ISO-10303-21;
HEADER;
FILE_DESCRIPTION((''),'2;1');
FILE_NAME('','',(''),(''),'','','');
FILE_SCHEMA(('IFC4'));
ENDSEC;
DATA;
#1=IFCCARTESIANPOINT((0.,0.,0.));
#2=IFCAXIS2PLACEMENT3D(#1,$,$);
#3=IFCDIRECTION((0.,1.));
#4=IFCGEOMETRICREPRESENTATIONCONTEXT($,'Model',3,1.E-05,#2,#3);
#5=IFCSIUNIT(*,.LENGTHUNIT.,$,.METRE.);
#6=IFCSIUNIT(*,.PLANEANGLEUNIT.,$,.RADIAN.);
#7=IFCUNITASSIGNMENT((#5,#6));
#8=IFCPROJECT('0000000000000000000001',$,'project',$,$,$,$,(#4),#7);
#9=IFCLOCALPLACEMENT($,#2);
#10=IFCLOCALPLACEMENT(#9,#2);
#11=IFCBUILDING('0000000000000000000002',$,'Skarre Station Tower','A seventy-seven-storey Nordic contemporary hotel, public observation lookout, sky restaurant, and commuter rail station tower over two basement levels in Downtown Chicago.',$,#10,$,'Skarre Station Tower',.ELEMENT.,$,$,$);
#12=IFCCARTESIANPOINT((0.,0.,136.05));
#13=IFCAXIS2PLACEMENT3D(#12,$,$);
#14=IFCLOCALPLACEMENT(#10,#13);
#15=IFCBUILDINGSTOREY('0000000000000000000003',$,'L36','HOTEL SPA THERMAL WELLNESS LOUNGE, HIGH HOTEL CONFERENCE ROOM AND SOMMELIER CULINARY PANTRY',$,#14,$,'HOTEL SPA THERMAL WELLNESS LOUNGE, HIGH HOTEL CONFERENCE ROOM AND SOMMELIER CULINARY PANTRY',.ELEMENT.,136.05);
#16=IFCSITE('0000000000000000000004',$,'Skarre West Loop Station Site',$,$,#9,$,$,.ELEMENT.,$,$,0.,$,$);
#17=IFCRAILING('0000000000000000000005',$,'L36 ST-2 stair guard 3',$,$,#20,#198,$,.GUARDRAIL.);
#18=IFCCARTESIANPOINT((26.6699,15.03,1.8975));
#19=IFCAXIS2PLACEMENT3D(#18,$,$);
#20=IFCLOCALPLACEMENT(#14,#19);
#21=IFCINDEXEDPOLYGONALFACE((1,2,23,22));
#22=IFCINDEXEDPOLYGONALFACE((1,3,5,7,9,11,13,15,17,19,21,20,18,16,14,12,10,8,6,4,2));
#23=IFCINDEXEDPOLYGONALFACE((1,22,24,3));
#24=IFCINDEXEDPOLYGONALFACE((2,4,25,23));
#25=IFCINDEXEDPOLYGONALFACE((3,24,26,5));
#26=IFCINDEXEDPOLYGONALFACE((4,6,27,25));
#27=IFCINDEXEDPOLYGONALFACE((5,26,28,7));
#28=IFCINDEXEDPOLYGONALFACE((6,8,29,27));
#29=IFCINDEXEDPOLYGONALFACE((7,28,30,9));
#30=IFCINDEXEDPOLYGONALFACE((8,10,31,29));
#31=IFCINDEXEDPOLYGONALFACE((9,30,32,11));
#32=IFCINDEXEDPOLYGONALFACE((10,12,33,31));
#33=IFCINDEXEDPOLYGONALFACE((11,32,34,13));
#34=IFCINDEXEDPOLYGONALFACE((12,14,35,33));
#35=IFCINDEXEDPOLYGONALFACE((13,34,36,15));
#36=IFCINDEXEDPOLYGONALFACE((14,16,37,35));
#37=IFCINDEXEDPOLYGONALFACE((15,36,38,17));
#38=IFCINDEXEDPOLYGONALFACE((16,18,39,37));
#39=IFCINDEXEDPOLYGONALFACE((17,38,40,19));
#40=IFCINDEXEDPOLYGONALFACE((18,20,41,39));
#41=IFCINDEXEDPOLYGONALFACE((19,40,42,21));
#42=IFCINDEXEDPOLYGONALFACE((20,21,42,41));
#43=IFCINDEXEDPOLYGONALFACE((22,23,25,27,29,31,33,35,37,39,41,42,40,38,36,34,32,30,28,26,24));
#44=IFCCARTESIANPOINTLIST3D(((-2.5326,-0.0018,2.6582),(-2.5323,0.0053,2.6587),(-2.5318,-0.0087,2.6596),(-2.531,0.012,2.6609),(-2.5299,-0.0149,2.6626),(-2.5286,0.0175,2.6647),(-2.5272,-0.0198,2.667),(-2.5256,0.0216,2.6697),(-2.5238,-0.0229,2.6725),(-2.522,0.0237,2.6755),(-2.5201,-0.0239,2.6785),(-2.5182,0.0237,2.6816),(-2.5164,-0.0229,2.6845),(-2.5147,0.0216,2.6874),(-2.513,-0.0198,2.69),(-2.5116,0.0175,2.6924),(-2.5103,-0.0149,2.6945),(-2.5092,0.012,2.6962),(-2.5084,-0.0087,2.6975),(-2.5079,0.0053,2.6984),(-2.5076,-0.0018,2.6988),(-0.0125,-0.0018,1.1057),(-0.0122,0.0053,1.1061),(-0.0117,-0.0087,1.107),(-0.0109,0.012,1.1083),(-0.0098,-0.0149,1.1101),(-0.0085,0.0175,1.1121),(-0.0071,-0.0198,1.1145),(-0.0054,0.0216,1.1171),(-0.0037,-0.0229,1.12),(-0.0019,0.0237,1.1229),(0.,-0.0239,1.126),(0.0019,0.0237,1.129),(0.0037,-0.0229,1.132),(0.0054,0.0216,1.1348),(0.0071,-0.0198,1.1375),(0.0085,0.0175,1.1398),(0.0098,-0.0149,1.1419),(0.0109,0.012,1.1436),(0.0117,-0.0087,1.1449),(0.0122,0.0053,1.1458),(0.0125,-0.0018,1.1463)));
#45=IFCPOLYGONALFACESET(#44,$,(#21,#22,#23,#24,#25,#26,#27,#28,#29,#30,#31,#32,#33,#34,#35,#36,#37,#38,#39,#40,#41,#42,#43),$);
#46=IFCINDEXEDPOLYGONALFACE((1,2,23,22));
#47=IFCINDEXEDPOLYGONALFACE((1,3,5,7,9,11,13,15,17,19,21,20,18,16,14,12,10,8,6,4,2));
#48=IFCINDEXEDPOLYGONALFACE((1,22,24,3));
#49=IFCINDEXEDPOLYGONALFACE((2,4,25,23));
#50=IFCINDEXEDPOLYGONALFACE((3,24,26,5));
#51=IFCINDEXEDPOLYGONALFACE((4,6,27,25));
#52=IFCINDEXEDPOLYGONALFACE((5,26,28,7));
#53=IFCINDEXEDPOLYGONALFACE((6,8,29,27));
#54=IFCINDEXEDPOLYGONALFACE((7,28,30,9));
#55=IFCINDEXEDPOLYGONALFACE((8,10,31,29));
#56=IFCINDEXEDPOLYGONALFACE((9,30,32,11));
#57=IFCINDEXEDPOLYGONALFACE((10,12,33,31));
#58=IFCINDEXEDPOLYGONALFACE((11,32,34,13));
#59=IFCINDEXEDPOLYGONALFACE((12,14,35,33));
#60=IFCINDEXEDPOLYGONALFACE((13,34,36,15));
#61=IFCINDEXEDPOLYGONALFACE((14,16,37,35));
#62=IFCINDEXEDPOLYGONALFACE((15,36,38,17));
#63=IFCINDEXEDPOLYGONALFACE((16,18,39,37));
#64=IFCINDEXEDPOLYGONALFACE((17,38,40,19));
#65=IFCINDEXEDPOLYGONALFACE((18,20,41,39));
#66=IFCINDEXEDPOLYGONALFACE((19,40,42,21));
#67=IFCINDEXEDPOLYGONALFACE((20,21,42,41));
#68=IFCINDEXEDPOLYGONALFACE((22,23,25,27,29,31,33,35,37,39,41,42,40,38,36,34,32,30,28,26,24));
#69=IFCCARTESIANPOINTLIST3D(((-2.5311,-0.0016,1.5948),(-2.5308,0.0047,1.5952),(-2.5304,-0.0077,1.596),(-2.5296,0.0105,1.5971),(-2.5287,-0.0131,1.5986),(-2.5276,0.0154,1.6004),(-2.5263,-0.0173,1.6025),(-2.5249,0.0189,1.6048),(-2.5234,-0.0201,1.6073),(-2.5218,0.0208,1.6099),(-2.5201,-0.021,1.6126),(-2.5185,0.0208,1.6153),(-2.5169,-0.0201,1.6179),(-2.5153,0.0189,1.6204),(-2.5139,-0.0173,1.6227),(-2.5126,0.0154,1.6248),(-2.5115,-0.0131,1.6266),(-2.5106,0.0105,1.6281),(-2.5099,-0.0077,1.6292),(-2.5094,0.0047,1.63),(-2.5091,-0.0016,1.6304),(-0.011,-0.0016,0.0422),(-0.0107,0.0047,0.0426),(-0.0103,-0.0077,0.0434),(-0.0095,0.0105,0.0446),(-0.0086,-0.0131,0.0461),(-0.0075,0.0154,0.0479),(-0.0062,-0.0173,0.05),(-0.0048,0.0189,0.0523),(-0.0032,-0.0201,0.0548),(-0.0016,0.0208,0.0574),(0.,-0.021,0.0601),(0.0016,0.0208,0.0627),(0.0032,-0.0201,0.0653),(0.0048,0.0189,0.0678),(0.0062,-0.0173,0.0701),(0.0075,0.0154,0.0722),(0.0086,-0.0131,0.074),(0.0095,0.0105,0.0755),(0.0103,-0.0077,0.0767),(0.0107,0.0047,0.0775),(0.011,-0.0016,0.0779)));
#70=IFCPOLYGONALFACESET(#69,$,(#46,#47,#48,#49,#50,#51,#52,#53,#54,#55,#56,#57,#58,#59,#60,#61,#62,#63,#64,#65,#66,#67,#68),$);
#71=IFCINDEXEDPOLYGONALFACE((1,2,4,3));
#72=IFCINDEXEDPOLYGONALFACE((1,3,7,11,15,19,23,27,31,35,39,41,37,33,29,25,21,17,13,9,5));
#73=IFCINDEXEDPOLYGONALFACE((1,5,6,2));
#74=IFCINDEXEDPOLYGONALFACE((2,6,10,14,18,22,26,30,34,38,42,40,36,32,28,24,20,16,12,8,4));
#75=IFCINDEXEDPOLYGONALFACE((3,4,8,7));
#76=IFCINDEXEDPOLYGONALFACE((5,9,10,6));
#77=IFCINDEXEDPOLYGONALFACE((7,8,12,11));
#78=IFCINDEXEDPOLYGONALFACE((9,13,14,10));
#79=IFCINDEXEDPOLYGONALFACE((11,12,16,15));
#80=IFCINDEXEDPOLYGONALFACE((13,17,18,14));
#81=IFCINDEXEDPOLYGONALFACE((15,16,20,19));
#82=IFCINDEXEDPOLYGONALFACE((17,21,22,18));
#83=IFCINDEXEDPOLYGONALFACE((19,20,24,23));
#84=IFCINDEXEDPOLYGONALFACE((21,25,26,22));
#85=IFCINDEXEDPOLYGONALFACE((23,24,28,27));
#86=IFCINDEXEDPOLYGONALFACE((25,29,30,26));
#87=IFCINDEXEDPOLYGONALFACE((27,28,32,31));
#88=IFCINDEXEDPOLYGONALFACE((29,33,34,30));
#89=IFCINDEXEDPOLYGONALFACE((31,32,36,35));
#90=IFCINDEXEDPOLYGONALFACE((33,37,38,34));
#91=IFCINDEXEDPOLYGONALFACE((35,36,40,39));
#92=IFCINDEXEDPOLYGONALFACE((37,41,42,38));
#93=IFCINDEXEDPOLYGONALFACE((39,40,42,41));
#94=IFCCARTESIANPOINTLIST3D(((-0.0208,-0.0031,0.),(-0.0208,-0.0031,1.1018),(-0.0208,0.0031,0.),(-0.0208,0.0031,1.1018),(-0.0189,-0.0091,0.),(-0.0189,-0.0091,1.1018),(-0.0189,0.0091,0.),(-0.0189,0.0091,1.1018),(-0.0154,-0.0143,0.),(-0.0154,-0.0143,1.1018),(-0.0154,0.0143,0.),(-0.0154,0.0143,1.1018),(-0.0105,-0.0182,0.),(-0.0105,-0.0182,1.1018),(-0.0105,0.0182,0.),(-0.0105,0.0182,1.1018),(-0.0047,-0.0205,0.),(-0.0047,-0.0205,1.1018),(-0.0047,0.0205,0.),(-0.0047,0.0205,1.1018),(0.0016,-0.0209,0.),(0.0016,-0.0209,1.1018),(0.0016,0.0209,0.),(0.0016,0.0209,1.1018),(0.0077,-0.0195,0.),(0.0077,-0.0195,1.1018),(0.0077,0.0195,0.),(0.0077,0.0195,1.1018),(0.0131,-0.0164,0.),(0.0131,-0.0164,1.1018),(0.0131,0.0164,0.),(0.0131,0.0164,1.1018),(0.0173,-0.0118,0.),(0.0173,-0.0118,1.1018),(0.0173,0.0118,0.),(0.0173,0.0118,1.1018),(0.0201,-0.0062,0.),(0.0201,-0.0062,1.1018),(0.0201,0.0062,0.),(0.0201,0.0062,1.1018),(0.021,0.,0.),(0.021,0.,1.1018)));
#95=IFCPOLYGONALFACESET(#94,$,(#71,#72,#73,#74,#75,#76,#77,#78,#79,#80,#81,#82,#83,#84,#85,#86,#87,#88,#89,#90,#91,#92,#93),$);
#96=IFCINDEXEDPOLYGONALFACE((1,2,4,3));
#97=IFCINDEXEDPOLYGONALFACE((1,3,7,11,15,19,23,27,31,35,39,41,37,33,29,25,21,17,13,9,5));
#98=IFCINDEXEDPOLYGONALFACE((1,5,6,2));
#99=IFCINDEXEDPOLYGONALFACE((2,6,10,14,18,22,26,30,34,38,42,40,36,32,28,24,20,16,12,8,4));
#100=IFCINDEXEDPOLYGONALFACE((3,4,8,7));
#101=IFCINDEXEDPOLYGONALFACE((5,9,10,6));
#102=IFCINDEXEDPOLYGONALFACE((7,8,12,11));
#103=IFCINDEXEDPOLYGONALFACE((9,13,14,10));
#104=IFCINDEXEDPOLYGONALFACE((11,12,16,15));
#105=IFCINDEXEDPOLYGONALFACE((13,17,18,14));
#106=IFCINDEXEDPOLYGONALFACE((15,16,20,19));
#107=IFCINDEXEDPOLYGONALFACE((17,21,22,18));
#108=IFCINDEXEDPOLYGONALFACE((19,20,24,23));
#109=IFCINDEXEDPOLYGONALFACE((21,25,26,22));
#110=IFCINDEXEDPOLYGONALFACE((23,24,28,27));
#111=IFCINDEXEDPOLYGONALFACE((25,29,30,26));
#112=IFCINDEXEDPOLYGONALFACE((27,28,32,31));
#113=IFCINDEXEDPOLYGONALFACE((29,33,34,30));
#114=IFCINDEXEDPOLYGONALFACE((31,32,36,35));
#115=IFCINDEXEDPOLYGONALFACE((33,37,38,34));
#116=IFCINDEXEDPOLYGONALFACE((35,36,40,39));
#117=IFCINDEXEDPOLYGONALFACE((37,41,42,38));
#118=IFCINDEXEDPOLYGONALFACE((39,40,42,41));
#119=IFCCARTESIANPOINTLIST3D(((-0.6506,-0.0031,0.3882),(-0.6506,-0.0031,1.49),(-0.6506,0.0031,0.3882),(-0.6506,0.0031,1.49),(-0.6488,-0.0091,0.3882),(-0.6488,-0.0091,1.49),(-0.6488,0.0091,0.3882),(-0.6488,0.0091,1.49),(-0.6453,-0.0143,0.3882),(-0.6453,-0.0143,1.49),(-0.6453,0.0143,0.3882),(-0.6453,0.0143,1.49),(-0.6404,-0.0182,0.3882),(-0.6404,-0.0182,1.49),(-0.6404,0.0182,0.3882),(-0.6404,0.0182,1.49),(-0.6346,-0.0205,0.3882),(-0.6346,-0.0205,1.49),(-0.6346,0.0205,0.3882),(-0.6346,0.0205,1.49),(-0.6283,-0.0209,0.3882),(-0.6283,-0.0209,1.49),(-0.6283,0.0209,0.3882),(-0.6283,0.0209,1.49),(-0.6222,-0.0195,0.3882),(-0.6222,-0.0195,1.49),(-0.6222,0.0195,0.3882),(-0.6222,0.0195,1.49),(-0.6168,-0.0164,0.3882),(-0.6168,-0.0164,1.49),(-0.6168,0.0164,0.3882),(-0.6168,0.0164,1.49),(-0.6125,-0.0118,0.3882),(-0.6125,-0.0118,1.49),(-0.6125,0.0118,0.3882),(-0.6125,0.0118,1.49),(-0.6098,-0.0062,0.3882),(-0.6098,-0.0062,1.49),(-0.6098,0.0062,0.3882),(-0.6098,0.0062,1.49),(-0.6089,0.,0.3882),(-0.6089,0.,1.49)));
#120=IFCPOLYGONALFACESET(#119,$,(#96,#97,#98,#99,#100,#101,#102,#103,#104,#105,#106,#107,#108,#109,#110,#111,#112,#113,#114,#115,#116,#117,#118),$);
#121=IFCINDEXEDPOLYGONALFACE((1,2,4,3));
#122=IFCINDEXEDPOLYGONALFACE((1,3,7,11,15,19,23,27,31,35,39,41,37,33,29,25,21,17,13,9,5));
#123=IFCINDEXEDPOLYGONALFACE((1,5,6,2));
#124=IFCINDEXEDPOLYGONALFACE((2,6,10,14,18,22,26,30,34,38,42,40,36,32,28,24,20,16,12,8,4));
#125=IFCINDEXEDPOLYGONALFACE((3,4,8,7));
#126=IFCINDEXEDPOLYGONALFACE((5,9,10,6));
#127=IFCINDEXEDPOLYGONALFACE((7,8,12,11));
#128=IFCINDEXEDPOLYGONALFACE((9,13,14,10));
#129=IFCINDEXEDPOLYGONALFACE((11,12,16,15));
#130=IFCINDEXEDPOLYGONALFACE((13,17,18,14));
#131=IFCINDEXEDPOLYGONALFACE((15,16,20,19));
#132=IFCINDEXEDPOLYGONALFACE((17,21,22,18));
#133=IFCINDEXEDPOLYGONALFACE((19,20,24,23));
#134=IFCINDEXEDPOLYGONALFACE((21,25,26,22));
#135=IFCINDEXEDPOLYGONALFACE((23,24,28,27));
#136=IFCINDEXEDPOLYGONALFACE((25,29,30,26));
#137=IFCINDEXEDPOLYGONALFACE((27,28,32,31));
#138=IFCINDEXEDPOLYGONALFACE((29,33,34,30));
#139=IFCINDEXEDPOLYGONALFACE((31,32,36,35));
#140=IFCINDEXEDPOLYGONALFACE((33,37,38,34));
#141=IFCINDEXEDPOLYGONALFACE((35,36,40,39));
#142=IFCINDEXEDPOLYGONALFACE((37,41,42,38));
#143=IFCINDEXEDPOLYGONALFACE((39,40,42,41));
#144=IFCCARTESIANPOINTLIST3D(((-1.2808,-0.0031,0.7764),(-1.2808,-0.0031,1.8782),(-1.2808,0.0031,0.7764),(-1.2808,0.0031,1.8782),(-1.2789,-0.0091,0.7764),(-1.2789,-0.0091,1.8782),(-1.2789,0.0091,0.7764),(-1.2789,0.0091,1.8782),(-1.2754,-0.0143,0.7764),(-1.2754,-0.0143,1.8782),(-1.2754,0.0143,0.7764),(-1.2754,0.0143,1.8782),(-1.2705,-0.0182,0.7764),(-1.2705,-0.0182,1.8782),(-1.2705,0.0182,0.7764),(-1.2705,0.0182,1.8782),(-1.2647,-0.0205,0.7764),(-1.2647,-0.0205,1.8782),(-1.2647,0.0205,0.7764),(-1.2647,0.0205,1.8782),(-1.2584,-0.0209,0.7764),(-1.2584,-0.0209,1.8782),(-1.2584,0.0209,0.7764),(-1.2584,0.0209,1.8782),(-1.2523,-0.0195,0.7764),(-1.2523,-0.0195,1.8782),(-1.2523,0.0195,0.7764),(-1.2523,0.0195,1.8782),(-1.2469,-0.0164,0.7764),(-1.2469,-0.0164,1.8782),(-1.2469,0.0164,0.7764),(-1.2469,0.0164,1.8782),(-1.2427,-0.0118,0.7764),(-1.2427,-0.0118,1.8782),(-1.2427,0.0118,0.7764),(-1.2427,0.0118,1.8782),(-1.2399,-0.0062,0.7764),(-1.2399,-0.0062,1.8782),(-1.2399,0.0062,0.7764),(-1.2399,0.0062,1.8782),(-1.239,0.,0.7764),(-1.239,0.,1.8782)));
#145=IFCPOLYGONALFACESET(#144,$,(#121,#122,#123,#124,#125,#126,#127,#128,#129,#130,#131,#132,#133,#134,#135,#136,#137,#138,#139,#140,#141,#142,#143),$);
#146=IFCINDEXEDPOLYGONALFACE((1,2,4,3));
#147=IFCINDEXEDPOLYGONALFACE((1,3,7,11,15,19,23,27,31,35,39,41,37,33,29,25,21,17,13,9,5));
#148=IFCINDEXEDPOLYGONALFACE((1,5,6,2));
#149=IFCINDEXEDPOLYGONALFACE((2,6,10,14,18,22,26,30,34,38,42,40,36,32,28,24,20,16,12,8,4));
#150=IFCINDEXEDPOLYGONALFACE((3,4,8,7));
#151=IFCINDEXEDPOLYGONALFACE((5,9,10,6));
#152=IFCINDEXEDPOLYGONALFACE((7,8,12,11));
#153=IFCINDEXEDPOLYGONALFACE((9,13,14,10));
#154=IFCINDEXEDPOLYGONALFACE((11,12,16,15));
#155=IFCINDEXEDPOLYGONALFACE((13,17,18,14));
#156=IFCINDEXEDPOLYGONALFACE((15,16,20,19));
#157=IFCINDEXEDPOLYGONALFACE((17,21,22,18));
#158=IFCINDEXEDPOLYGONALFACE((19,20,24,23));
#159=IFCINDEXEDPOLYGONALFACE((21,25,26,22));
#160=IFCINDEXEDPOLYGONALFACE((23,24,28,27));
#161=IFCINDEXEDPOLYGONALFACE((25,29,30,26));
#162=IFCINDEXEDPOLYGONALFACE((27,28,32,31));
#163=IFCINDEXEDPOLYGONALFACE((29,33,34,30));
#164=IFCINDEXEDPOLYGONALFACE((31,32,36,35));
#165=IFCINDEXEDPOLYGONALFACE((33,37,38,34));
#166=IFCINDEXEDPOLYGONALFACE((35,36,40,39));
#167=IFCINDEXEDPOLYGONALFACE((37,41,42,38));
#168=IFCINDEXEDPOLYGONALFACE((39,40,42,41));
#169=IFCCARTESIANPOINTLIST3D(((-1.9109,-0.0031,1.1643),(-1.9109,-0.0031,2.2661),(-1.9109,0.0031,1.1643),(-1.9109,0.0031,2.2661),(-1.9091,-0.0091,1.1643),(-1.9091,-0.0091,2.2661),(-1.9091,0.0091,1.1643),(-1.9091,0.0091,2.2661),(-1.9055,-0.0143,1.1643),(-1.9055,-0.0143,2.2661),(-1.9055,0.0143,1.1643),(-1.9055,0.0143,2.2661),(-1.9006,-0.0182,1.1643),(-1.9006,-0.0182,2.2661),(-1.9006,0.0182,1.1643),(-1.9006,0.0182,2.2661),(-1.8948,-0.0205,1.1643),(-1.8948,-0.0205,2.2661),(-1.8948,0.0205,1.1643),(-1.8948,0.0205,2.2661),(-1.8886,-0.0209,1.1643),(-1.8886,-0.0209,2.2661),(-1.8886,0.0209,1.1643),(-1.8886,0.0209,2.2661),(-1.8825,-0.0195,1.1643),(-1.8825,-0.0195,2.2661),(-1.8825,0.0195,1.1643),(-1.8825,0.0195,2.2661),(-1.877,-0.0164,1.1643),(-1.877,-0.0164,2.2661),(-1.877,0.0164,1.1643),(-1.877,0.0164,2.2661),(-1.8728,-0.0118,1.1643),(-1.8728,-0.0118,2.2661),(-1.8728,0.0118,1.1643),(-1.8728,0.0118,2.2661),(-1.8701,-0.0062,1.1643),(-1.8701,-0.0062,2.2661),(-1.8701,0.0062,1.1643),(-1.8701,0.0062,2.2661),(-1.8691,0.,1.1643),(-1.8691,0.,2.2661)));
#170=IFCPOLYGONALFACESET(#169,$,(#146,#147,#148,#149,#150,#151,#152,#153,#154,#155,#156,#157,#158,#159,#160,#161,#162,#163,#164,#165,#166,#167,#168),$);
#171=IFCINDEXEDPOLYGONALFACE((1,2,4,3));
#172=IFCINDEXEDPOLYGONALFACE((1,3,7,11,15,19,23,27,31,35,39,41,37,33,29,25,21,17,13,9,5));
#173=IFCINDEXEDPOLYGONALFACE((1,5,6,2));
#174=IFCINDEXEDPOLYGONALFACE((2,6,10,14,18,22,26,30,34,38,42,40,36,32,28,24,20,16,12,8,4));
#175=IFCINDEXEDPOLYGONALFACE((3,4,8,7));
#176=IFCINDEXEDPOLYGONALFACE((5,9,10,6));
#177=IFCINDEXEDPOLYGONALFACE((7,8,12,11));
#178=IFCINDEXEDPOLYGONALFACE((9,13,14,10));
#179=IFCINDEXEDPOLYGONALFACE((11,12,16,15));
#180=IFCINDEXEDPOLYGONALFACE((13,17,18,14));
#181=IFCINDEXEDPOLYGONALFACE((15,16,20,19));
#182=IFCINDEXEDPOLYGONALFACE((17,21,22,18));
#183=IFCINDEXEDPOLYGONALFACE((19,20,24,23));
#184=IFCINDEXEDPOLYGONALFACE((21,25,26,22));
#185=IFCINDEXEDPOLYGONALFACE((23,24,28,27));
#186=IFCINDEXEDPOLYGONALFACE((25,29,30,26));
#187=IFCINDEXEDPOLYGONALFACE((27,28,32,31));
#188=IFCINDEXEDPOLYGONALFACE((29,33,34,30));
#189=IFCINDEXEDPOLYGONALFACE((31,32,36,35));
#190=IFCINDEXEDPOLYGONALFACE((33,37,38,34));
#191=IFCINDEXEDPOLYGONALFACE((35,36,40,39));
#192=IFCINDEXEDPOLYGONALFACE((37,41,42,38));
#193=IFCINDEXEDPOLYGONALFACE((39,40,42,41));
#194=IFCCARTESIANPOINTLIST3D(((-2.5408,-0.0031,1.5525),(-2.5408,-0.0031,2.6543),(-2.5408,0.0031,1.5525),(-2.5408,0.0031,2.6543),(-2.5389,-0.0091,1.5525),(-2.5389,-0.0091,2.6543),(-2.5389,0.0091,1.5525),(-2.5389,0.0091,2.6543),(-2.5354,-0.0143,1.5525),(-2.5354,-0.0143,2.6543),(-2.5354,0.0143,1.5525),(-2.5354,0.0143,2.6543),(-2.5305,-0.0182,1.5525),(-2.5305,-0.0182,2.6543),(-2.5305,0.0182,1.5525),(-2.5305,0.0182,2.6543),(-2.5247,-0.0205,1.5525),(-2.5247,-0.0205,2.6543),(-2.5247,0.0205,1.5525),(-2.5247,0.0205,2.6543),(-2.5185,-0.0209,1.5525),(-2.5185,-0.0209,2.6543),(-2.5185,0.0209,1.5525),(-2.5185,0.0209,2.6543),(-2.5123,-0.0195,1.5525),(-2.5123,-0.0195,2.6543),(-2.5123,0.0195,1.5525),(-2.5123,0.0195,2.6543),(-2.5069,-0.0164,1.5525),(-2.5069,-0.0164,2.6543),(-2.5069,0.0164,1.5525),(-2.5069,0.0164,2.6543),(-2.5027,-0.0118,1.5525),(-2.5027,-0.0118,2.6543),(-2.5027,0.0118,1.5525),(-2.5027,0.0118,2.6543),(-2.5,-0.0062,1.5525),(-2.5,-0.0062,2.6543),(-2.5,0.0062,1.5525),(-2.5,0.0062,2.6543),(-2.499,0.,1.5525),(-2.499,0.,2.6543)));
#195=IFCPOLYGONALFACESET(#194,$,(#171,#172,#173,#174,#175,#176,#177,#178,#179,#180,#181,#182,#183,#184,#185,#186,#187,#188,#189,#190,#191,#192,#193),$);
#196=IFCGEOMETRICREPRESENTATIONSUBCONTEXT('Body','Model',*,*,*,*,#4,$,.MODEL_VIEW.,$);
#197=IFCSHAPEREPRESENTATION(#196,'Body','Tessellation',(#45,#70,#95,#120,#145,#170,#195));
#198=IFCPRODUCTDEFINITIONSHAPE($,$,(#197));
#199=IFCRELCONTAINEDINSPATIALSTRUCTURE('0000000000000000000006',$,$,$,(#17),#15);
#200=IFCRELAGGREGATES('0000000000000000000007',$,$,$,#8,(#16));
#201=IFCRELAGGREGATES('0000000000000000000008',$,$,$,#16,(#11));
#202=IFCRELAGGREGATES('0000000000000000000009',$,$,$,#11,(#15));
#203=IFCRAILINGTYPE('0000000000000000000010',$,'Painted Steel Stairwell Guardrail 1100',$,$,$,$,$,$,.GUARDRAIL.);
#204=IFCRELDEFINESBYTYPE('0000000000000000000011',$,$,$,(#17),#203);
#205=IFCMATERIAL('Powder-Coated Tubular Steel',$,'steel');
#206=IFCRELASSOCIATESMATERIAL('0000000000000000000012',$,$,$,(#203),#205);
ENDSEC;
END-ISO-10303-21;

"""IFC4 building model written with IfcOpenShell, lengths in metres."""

from ifc_helpers import new_model, si_unit, direction, frame, origin, origin_2d, place, context, subcontext, project, spatial, circle, extrude, material, type_object, element, save


model = new_model("IFC4")

# Units and contexts
model_context = context("Model", 3, precision=1e-05, world=origin(), true_north=direction((0.0, 1.0)))
body_context = subcontext(model_context, "Body", "Model", "MODEL_VIEW")
ifc_project = project(units=[si_unit("LENGTHUNIT", "METRE"), si_unit("PLANEANGLEUNIT", "RADIAN")], contexts=[model_context])

# Site, building, storey
site_placement = place(None, origin())
site = spatial("IfcSite", under=ifc_project, at=site_placement, Name="Skarre West Loop Station Site", CompositionType="ELEMENT", RefElevation=0.0)
building_placement = place(site_placement, origin())
building = spatial("IfcBuilding", under=site, at=building_placement, Name="Skarre Station Tower", Description="A seventy-seven-storey Nordic contemporary hotel, public observation lookout, sky restaurant, and commuter rail station tower over two basement levels in Downtown Chicago.", LongName="Skarre Station Tower", CompositionType="ELEMENT")
storey_placement = place(building_placement, frame((0.0, 0.0, 136.05)))
storey = spatial("IfcBuildingStorey", under=building, at=storey_placement, Name="L36", Description="HOTEL SPA THERMAL WELLNESS LOUNGE, HIGH HOTEL CONFERENCE ROOM AND SOMMELIER CULINARY PANTRY", LongName="HOTEL SPA THERMAL WELLNESS LOUNGE, HIGH HOTEL CONFERENCE ROOM AND SOMMELIER CULINARY PANTRY", CompositionType="ELEMENT", Elevation=136.05)

# Railing
ifc_material_1 = material(Name="Powder-Coated Tubular Steel", Category="steel")
railing_type_1 = type_object("IfcRailingType", Name="Painted Steel Stairwell Guardrail 1100", PredefinedType="GUARDRAIL", material=ifc_material_1)
railing_1_placement = place(storey_placement, frame((26.6699, 15.03, 1.8975)))
element("IfcRailing", 1, at=railing_1_placement, inside=storey, type_object=railing_type_1, Name="L36 ST-2 stair guard 3", PredefinedType="GUARDRAIL", context=body_context, shape_type="SweptSolid", body=[
    extrude(circle(Radius=0.0239, at=origin_2d()), frame((0.0, 0.0, 1.126), z_axis=(-0.8514, 0.0, 0.524516), x_axis=(0.0, -1.0, 0.0)), (0.0, 0.0, 1.0), 2.96),
    extrude(circle(Radius=0.021, at=origin_2d()), frame((0.0, 0.0, 0.0601), z_axis=(-0.8514, 0.0, 0.524516), x_axis=(0.0, -1.0, 0.0)), (0.0, 0.0, 1.0), 2.96),
    extrude(circle(Radius=0.021, at=origin_2d()), origin(), (0.0, 0.0, 1.0), 1.1018),
    extrude(circle(Radius=0.021, at=origin_2d()), frame((-0.6299, 0.0, 0.3882)), (0.0, 0.0, 1.0), 1.1018),
    extrude(circle(Radius=0.021, at=origin_2d()), frame((-1.26, 0.0, 0.7764)), (0.0, 0.0, 1.0), 1.1018),
    extrude(circle(Radius=0.021, at=origin_2d()), frame((-1.8901, 0.0, 1.1643)), (0.0, 0.0, 1.0), 1.1018),
    extrude(circle(Radius=0.021, at=origin_2d()), frame((-2.52, 0.0, 1.5525)), (0.0, 0.0, 1.0), 1.1018),
])

save(model, "model.ifc")
